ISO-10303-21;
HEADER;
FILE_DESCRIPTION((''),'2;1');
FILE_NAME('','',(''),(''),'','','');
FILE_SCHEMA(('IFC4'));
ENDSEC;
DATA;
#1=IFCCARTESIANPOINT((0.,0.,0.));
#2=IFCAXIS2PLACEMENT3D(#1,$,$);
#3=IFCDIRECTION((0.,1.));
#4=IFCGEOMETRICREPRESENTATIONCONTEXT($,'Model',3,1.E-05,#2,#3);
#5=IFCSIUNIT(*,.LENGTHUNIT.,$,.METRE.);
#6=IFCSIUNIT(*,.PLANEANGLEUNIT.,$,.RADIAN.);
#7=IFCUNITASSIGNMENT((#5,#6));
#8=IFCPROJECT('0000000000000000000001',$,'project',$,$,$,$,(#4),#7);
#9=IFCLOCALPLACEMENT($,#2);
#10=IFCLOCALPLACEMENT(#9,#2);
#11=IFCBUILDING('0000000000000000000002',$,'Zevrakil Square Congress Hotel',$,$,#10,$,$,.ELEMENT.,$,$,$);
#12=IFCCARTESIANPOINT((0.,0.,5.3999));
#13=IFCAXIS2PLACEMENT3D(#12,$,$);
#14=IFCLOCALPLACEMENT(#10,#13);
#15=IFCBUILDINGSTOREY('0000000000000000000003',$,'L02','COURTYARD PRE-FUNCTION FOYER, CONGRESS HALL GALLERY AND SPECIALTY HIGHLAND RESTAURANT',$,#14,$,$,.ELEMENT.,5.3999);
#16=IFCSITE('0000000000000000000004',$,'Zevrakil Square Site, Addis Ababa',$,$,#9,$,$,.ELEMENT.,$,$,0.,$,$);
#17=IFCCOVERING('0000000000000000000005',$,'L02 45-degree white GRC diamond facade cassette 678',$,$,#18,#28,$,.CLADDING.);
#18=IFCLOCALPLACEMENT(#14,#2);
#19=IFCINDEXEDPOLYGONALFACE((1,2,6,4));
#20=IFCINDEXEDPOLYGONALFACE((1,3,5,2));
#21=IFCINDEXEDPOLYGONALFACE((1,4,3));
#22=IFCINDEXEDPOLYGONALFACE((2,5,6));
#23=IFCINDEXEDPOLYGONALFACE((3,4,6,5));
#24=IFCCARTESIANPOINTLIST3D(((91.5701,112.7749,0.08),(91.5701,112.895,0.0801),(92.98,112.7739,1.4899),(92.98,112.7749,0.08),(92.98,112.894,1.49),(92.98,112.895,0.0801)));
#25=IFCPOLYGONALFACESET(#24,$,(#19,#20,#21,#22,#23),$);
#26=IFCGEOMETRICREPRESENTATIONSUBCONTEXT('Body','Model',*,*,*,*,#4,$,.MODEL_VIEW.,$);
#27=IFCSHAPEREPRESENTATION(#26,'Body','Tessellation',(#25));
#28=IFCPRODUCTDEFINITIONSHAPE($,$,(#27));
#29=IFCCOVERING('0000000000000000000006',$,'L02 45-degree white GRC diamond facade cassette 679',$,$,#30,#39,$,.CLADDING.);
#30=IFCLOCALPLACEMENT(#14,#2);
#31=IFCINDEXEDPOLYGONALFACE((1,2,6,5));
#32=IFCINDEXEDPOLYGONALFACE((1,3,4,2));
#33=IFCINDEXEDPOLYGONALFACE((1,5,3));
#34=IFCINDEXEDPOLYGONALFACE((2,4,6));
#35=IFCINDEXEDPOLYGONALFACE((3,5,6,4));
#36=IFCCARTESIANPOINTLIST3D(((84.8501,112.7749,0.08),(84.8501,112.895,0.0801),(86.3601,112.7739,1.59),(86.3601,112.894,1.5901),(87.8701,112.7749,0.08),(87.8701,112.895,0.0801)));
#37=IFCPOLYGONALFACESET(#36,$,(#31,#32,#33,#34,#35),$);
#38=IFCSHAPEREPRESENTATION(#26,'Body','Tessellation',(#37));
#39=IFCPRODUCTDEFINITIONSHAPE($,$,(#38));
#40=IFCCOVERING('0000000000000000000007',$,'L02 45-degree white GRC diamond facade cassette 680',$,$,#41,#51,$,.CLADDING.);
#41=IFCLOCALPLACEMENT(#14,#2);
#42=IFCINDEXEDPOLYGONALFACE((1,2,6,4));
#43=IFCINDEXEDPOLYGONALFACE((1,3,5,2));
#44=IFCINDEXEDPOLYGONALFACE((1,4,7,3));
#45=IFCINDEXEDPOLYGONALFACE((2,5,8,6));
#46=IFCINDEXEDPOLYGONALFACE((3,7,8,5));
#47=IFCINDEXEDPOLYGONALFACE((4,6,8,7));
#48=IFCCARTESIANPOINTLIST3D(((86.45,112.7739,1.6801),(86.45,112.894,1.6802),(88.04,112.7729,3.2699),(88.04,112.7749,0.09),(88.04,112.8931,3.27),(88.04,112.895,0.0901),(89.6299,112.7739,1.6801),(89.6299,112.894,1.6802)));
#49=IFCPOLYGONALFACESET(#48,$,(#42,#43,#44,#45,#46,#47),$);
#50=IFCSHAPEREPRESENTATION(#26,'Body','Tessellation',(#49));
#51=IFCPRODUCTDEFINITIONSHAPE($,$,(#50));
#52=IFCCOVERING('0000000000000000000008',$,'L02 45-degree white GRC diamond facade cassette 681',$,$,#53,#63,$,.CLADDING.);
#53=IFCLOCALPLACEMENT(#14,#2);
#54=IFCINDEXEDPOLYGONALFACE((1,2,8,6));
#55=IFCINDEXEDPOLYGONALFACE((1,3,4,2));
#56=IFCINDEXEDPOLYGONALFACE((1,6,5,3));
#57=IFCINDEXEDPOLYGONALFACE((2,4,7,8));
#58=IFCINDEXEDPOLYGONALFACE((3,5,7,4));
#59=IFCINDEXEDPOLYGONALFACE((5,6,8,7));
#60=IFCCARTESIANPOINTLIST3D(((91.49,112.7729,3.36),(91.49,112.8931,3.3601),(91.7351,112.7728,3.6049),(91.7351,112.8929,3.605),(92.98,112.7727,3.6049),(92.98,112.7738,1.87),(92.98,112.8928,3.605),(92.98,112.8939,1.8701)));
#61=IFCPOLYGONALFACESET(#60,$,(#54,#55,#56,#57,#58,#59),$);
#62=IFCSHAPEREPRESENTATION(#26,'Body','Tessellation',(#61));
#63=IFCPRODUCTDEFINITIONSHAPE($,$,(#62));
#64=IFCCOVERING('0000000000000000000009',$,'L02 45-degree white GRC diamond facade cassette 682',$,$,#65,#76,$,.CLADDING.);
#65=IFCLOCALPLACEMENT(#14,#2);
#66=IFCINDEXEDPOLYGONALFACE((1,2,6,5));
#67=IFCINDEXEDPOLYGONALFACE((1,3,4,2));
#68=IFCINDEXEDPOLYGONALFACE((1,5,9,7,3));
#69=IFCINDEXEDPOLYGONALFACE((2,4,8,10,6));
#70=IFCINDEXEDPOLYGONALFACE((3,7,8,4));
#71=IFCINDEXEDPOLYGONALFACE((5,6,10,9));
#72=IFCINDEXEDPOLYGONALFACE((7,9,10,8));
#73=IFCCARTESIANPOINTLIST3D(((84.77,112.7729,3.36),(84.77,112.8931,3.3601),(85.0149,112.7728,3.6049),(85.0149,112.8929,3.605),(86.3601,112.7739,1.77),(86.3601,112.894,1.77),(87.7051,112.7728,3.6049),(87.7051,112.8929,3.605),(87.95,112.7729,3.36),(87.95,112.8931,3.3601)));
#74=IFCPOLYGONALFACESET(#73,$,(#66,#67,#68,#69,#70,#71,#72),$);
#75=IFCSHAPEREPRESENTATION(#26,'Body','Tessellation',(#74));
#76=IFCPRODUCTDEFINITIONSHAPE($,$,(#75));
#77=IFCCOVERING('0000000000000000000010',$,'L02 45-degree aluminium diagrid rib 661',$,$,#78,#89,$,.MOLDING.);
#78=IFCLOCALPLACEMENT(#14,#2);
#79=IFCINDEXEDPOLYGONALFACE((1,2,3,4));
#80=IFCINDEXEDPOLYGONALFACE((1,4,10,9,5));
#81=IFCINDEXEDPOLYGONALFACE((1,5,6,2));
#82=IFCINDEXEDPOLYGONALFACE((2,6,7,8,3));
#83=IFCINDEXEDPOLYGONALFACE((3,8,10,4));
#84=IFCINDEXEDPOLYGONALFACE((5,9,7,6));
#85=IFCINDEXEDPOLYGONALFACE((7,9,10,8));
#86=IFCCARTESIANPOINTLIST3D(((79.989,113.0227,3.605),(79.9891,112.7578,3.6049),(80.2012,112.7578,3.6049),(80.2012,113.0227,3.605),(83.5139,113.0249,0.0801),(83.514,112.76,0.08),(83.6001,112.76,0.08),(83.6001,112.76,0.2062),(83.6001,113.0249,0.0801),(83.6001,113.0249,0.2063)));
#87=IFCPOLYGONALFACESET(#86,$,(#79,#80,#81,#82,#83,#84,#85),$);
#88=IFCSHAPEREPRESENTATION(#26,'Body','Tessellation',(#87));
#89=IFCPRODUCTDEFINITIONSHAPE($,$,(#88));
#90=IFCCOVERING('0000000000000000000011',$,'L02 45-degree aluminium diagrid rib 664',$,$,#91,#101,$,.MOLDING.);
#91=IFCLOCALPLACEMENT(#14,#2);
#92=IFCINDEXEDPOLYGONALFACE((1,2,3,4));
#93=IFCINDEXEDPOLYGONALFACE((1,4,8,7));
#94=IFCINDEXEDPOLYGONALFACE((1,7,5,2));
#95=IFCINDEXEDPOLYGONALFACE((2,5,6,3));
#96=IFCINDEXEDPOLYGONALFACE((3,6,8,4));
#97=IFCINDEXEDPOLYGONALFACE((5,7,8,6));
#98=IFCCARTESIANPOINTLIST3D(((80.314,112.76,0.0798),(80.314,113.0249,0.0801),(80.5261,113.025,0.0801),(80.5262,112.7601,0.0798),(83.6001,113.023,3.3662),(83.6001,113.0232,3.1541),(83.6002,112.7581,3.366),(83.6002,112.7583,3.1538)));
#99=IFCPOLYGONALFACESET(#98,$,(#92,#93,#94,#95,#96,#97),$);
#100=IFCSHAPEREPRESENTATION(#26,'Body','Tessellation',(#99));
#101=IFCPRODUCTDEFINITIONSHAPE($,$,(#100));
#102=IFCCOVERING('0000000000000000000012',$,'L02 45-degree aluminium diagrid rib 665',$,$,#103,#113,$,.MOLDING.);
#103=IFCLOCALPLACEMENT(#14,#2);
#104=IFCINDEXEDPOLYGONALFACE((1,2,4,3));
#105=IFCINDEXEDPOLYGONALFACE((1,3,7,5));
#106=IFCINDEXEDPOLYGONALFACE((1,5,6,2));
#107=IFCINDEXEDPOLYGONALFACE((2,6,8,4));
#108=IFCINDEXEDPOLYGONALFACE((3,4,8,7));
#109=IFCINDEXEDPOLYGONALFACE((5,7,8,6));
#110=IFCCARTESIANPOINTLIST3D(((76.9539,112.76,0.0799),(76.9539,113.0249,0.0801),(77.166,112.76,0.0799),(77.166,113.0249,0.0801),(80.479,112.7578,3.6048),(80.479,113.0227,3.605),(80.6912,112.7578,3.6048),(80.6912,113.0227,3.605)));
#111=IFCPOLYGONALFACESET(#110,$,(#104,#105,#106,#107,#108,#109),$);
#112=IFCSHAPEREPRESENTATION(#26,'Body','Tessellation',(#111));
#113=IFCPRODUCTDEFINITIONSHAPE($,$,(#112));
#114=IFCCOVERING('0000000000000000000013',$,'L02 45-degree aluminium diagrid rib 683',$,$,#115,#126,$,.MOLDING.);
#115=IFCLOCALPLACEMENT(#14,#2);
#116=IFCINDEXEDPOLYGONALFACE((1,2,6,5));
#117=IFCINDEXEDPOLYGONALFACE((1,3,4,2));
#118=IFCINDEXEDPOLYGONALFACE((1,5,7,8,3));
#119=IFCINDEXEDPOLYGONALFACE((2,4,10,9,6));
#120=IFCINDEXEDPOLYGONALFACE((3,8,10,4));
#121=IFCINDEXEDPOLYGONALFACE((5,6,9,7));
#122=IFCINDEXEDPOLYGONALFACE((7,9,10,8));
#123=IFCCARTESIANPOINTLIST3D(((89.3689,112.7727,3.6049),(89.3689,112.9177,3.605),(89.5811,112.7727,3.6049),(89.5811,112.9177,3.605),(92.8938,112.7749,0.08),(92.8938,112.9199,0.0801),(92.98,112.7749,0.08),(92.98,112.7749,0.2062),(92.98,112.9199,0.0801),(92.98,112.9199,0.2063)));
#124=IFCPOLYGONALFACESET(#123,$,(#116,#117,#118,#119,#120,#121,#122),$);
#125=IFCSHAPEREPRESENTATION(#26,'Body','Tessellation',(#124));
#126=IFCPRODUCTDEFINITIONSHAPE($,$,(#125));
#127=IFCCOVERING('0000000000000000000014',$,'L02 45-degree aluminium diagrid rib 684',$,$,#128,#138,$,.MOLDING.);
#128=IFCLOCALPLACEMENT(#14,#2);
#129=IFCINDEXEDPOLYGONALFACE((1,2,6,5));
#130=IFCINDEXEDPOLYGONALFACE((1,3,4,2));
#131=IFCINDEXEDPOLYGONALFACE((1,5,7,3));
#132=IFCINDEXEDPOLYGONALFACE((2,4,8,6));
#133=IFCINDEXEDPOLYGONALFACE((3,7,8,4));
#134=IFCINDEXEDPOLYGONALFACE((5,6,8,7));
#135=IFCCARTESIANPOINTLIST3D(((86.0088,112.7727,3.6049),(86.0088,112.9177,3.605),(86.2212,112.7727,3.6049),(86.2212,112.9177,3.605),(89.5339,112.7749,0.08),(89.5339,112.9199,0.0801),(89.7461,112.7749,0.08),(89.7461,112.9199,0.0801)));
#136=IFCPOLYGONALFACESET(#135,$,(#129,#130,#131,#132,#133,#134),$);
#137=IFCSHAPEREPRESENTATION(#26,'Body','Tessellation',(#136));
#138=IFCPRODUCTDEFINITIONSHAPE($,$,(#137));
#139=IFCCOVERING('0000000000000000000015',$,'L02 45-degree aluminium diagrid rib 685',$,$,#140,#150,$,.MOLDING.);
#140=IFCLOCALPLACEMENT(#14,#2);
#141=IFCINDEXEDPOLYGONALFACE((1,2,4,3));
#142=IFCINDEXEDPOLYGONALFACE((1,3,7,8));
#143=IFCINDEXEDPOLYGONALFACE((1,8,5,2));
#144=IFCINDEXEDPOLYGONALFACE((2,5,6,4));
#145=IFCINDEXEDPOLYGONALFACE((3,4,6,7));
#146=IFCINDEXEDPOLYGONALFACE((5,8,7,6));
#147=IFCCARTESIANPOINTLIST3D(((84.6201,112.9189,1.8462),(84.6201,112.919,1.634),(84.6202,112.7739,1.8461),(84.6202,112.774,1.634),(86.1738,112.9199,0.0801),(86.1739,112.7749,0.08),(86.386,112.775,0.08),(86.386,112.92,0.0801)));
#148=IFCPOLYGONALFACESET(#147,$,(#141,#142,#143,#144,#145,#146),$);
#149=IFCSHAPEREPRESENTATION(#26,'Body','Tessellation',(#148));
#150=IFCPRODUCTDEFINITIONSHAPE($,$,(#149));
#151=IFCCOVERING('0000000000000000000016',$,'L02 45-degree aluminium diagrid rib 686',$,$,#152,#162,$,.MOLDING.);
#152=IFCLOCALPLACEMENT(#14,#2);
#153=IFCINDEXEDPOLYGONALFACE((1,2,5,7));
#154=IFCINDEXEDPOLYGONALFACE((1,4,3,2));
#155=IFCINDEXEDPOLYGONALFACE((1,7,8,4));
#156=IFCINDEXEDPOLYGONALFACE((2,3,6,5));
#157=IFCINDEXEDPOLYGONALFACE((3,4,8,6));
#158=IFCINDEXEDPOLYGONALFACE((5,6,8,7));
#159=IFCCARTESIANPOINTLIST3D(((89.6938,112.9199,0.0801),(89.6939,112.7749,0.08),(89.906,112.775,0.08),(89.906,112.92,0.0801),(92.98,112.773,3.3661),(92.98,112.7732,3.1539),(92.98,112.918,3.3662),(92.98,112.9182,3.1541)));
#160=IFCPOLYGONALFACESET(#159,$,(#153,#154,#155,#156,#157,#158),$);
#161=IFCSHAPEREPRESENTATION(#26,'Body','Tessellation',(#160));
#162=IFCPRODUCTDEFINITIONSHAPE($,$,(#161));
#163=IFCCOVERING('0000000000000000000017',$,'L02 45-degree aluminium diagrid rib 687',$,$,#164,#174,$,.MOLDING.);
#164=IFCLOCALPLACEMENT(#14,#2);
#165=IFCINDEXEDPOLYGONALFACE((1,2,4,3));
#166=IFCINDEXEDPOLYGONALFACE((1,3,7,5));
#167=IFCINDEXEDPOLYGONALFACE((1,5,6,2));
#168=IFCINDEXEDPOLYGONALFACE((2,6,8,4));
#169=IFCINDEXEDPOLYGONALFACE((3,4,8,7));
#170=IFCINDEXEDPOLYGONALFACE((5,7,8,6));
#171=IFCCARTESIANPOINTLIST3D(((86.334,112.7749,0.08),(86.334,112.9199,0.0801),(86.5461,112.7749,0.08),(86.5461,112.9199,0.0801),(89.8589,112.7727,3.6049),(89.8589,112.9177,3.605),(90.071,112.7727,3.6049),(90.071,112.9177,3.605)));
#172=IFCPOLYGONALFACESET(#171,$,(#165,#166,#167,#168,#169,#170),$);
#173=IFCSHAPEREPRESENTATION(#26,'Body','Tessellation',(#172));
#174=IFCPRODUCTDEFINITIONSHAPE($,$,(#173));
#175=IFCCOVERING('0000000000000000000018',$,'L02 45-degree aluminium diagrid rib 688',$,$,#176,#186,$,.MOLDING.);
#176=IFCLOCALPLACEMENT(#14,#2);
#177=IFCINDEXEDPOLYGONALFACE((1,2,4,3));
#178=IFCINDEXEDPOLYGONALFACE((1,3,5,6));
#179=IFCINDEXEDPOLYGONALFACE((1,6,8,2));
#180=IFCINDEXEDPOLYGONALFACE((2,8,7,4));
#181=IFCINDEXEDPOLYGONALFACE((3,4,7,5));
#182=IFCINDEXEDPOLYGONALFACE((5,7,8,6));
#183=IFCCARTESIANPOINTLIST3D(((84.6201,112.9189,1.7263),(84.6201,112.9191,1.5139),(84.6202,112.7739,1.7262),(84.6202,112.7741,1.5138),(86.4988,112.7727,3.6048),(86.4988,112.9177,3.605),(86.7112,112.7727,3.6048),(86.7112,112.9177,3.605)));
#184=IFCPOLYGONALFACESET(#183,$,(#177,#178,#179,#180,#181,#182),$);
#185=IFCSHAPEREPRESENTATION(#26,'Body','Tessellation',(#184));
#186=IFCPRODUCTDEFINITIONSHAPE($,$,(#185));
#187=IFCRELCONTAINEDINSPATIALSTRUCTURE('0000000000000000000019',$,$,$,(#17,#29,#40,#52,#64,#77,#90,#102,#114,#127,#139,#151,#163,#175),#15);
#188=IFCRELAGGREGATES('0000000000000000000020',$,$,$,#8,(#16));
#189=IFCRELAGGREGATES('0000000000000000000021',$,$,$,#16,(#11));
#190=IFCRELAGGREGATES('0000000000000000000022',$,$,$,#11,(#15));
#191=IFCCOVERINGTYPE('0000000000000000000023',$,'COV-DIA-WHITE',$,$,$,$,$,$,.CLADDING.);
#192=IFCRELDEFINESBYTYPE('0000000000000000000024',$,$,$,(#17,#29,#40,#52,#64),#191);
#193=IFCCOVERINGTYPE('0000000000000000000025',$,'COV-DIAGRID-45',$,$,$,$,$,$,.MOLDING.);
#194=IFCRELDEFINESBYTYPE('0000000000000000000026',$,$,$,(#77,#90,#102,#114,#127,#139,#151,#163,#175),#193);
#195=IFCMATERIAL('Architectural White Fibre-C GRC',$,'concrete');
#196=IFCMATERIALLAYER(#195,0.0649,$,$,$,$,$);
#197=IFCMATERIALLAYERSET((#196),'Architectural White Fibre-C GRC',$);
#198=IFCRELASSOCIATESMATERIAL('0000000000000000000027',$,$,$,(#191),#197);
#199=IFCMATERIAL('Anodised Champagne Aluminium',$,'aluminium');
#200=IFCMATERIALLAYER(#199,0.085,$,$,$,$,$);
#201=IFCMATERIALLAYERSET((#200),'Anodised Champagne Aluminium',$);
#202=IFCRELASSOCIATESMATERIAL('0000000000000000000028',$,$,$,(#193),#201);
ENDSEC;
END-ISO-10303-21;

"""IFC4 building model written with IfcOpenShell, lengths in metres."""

from ifc_helpers import new_model, si_unit, direction, frame, origin, place, context, subcontext, project, spatial, polyline, outline, extrude, material, layer, layer_set, type_object, element, save


model = new_model("IFC4")

# Units and contexts
model_context = context("Model", 3, precision=1e-05, world=origin(), true_north=direction((0.0, 1.0)))
body_context = subcontext(model_context, "Body", "Model", "MODEL_VIEW")
ifc_project = project(units=[si_unit("LENGTHUNIT", "METRE"), si_unit("PLANEANGLEUNIT", "RADIAN")], contexts=[model_context])

# Site, building, storey
site_placement = place(None, origin())
site = spatial("IfcSite", under=ifc_project, at=site_placement, Name="Zevrakil Square Site, Addis Ababa", CompositionType="ELEMENT", RefElevation=0.0)
building_placement = place(site_placement, origin())
building = spatial("IfcBuilding", under=site, at=building_placement, Name="Zevrakil Square Congress Hotel", CompositionType="ELEMENT")
storey_placement = place(building_placement, frame((0.0, 0.0, 5.3999)))
storey = spatial("IfcBuildingStorey", under=building, at=storey_placement, Name="L02", Description="COURTYARD PRE-FUNCTION FOYER, CONGRESS HALL GALLERY AND SPECIALTY HIGHLAND RESTAURANT", CompositionType="ELEMENT", Elevation=5.3999)

# Coverings
ifc_material_1 = material(Name="Architectural White Fibre-C GRC", Category="concrete")
ifc_layer_1 = layer(ifc_material_1, 0.0649)
ifc_layer_set_1 = layer_set([ifc_layer_1], Name="Architectural White Fibre-C GRC")
covering_type_1 = type_object("IfcCoveringType", Name="COV-DIA-WHITE", PredefinedType="CLADDING", material=ifc_layer_set_1)
covering_1_placement = place(storey_placement, frame((91.5701, 112.895, 0.0801), z_axis=(0.0, 1.0, 0.000693), x_axis=(1.0, 0.0, 0.0)))
element("IfcCovering", 1, at=covering_1_placement, inside=storey, type_object=covering_type_1, Name="L02 45-degree white GRC diamond facade cassette 678", PredefinedType="CLADDING", context=body_context, shape_type="SweptSolid", body=[
    extrude(outline(polyline([(0.0, 0.0), (1.4099, 0.0), (1.4099, -1.4099), (0.0, 0.0)])), origin(), (0.0, 0.0, -1.0), 0.1201),
])
covering_2_placement = place(storey_placement, frame((86.3601, 112.894, 1.5901), z_axis=(0.0, 1.0, 0.000647), x_axis=(-0.707107, 0.000457, -0.707107)))
element("IfcCovering", 2, at=covering_2_placement, inside=storey, type_object=covering_type_1, Name="L02 45-degree white GRC diamond facade cassette 679", PredefinedType="CLADDING", context=body_context, shape_type="SweptSolid", body=[
    extrude(outline(polyline([(0.0, 0.0), (2.1355, 0.0), (0.0, -2.1355), (0.0, 0.0)])), origin(), (0.0, 0.0, -1.0), 0.1201),
])
covering_3_placement = place(storey_placement, frame((88.04, 112.8931, 3.27), z_axis=(0.0, 1.0, 0.000614), x_axis=(-0.707161, 0.000434, -0.707052)))
element("IfcCovering", 3, at=covering_3_placement, inside=storey, type_object=covering_type_1, Name="L02 45-degree white GRC diamond facade cassette 680", PredefinedType="CLADDING", context=body_context, shape_type="SweptSolid", body=[
    extrude(outline(polyline([(0.0, 0.0), (2.2486, 0.0), (2.2484, -2.2487), (-0.0002, -2.2484), (0.0, 0.0)])), origin(), (0.0, 0.0, -1.0), 0.1201),
])
covering_4_placement = place(storey_placement, frame((91.49, 112.8931, 3.3601), z_axis=(0.000064, 1.0, 0.000609), x_axis=(0.707107, 0.000385, -0.707107)))
element("IfcCovering", 4, at=covering_4_placement, inside=storey, type_object=covering_type_1, Name="L02 45-degree white GRC diamond facade cassette 681", PredefinedType="CLADDING", context=body_context, shape_type="SweptSolid", body=[
    extrude(outline(polyline([(0.0, 0.0), (2.1072, 0.0), (0.8804, -1.2267), (0.0002, -0.3465), (0.0, 0.0)])), origin(), (0.0, 0.0, -1.0), 0.1201),
])
covering_5_placement = place(storey_placement, frame((84.77, 112.8931, 3.3601), z_axis=(0.0, 1.0, 0.000579), x_axis=(0.707107, 0.00041, -0.707107)))
element("IfcCovering", 5, at=covering_5_placement, inside=storey, type_object=covering_type_1, Name="L02 45-degree white GRC diamond facade cassette 682", PredefinedType="CLADDING", context=body_context, shape_type="SweptSolid", body=[
    extrude(outline(polyline([(0.0, 0.0), (2.2487, 0.0), (2.2486, -2.2486), (1.9022, -2.2486), (0.0, -0.3463), (0.0, 0.0)])), origin(), (0.0, 0.0, -1.0), 0.1201),
])
ifc_material_2 = material(Name="Anodised Champagne Aluminium", Category="aluminium")
ifc_layer_2 = layer(ifc_material_2, 0.085)
ifc_layer_set_2 = layer_set([ifc_layer_2], Name="Anodised Champagne Aluminium")
covering_type_2 = type_object("IfcCoveringType", Name="COV-DIAGRID-45", PredefinedType="MOLDING", material=ifc_layer_set_2)
covering_6_placement = place(storey_placement, frame((83.5139, 113.0249, 0.0801), z_axis=(-0.000187, 1.0, 0.000443), x_axis=(1.0, 0.000187, 0.0)))
element("IfcCovering", 6, at=covering_6_placement, inside=storey, type_object=covering_type_2, Name="L02 45-degree aluminium diagrid rib 661", PredefinedType="MOLDING", context=body_context, shape_type="SweptSolid", body=[
    extrude(outline(polyline([(0.0, 0.0), (0.0862, 0.0), (0.0862, -0.1262), (-3.3127, -3.5249), (-3.5249, -3.5249), (0.0, 0.0)])), origin(), (0.0, 0.0, -1.0), 0.2649),
])
covering_7_placement = place(storey_placement, frame((83.6001, 113.0232, 3.1541), z_axis=(-0.000287, 1.0, 0.000863), x_axis=(0.0, -0.000863, 1.0)))
element("IfcCovering", 7, at=covering_7_placement, inside=storey, type_object=covering_type_2, Name="L02 45-degree aluminium diagrid rib 664", PredefinedType="MOLDING", context=body_context, shape_type="SweptSolid", body=[
    extrude(outline(polyline([(0.0, 0.0), (0.2122, 0.0), (-3.074, -3.2861), (-3.074, -3.074), (0.0, 0.0)])), origin(), (0.0, 0.0, -1.0), 0.2649),
])
covering_8_placement = place(storey_placement, frame((80.6912, 113.0227, 3.605), z_axis=(0.0, 1.0, 0.000623), x_axis=(-1.0, 0.0, 0.0)))
element("IfcCovering", 8, at=covering_8_placement, inside=storey, type_object=covering_type_2, Name="L02 45-degree aluminium diagrid rib 665", PredefinedType="MOLDING", context=body_context, shape_type="SweptSolid", body=[
    extrude(outline(polyline([(0.0, 0.0), (0.2122, 0.0), (3.7373, -3.5249), (3.5251, -3.5249), (0.0, 0.0)])), origin(), (0.0, 0.0, -1.0), 0.2649),
])
covering_9_placement = place(storey_placement, frame((92.8938, 112.9199, 0.0801), z_axis=(-0.000187, 1.0, 0.000443), x_axis=(1.0, 0.000187, 0.0)))
element("IfcCovering", 9, at=covering_9_placement, inside=storey, type_object=covering_type_2, Name="L02 45-degree aluminium diagrid rib 683", PredefinedType="MOLDING", context=body_context, shape_type="SweptSolid", body=[
    extrude(outline(polyline([(0.0, 0.0), (0.0862, 0.0), (0.0862, -0.1262), (-3.3127, -3.5249), (-3.5249, -3.5249), (0.0, 0.0)])), origin(), (0.0, 0.0, -1.0), 0.145),
])
covering_10_placement = place(storey_placement, frame((89.5339, 112.9199, 0.0801), z_axis=(0.0, 1.0, 0.000623), x_axis=(1.0, 0.0, 0.0)))
element("IfcCovering", 10, at=covering_10_placement, inside=storey, type_object=covering_type_2, Name="L02 45-degree aluminium diagrid rib 684", PredefinedType="MOLDING", context=body_context, shape_type="SweptSolid", body=[
    extrude(outline(polyline([(0.0, 0.0), (0.2122, 0.0), (-3.3127, -3.5249), (-3.5251, -3.5249), (0.0, 0.0)])), origin(), (0.0, 0.0, -1.0), 0.145),
])
covering_11_placement = place(storey_placement, frame((86.1738, 112.9199, 0.0801), z_axis=(-0.000294, 1.0, 0.000294), x_axis=(1.0, 0.000294, 0.0)))
element("IfcCovering", 11, at=covering_11_placement, inside=storey, type_object=covering_type_2, Name="L02 45-degree aluminium diagrid rib 685", PredefinedType="MOLDING", context=body_context, shape_type="SweptSolid", body=[
    extrude(outline(polyline([(0.0, 0.0), (0.2122, 0.0), (-1.5537, -1.7661), (-1.5537, -1.554), (0.0, 0.0)])), origin(), (0.0, 0.0, -1.0), 0.145),
])
covering_12_placement = place(storey_placement, frame((92.98, 112.9182, 3.1541), z_axis=(-0.000287, 1.0, 0.000863), x_axis=(0.0, -0.000863, 1.0)))
element("IfcCovering", 12, at=covering_12_placement, inside=storey, type_object=covering_type_2, Name="L02 45-degree aluminium diagrid rib 686", PredefinedType="MOLDING", context=body_context, shape_type="SweptSolid", body=[
    extrude(outline(polyline([(0.0, 0.0), (0.2122, 0.0), (-3.074, -3.2861), (-3.074, -3.074), (0.0, 0.0)])), origin(), (0.0, 0.0, -1.0), 0.145),
])
covering_13_placement = place(storey_placement, frame((90.071, 112.9177, 3.605), z_axis=(0.0, 1.0, 0.000623), x_axis=(-1.0, 0.0, 0.0)))
element("IfcCovering", 13, at=covering_13_placement, inside=storey, type_object=covering_type_2, Name="L02 45-degree aluminium diagrid rib 687", PredefinedType="MOLDING", context=body_context, shape_type="SweptSolid", body=[
    extrude(outline(polyline([(0.0, 0.0), (0.2122, 0.0), (3.7371, -3.5249), (3.5249, -3.5249), (0.0, 0.0)])), origin(), (0.0, 0.0, -1.0), 0.145),
])
covering_14_placement = place(storey_placement, frame((86.7112, 112.9177, 3.605), z_axis=(-0.000236, 1.0, 0.000913), x_axis=(-1.0, -0.000236, 0.0)))
element("IfcCovering", 14, at=covering_14_placement, inside=storey, type_object=covering_type_2, Name="L02 45-degree aluminium diagrid rib 688", PredefinedType="MOLDING", context=body_context, shape_type="SweptSolid", body=[
    extrude(outline(polyline([(0.0, 0.0), (0.2124, 0.0), (2.0911, -1.8787), (2.0911, -2.0911), (0.0, 0.0)])), origin(), (0.0, 0.0, -1.0), 0.145),
])

save(model, "model.ifc")
